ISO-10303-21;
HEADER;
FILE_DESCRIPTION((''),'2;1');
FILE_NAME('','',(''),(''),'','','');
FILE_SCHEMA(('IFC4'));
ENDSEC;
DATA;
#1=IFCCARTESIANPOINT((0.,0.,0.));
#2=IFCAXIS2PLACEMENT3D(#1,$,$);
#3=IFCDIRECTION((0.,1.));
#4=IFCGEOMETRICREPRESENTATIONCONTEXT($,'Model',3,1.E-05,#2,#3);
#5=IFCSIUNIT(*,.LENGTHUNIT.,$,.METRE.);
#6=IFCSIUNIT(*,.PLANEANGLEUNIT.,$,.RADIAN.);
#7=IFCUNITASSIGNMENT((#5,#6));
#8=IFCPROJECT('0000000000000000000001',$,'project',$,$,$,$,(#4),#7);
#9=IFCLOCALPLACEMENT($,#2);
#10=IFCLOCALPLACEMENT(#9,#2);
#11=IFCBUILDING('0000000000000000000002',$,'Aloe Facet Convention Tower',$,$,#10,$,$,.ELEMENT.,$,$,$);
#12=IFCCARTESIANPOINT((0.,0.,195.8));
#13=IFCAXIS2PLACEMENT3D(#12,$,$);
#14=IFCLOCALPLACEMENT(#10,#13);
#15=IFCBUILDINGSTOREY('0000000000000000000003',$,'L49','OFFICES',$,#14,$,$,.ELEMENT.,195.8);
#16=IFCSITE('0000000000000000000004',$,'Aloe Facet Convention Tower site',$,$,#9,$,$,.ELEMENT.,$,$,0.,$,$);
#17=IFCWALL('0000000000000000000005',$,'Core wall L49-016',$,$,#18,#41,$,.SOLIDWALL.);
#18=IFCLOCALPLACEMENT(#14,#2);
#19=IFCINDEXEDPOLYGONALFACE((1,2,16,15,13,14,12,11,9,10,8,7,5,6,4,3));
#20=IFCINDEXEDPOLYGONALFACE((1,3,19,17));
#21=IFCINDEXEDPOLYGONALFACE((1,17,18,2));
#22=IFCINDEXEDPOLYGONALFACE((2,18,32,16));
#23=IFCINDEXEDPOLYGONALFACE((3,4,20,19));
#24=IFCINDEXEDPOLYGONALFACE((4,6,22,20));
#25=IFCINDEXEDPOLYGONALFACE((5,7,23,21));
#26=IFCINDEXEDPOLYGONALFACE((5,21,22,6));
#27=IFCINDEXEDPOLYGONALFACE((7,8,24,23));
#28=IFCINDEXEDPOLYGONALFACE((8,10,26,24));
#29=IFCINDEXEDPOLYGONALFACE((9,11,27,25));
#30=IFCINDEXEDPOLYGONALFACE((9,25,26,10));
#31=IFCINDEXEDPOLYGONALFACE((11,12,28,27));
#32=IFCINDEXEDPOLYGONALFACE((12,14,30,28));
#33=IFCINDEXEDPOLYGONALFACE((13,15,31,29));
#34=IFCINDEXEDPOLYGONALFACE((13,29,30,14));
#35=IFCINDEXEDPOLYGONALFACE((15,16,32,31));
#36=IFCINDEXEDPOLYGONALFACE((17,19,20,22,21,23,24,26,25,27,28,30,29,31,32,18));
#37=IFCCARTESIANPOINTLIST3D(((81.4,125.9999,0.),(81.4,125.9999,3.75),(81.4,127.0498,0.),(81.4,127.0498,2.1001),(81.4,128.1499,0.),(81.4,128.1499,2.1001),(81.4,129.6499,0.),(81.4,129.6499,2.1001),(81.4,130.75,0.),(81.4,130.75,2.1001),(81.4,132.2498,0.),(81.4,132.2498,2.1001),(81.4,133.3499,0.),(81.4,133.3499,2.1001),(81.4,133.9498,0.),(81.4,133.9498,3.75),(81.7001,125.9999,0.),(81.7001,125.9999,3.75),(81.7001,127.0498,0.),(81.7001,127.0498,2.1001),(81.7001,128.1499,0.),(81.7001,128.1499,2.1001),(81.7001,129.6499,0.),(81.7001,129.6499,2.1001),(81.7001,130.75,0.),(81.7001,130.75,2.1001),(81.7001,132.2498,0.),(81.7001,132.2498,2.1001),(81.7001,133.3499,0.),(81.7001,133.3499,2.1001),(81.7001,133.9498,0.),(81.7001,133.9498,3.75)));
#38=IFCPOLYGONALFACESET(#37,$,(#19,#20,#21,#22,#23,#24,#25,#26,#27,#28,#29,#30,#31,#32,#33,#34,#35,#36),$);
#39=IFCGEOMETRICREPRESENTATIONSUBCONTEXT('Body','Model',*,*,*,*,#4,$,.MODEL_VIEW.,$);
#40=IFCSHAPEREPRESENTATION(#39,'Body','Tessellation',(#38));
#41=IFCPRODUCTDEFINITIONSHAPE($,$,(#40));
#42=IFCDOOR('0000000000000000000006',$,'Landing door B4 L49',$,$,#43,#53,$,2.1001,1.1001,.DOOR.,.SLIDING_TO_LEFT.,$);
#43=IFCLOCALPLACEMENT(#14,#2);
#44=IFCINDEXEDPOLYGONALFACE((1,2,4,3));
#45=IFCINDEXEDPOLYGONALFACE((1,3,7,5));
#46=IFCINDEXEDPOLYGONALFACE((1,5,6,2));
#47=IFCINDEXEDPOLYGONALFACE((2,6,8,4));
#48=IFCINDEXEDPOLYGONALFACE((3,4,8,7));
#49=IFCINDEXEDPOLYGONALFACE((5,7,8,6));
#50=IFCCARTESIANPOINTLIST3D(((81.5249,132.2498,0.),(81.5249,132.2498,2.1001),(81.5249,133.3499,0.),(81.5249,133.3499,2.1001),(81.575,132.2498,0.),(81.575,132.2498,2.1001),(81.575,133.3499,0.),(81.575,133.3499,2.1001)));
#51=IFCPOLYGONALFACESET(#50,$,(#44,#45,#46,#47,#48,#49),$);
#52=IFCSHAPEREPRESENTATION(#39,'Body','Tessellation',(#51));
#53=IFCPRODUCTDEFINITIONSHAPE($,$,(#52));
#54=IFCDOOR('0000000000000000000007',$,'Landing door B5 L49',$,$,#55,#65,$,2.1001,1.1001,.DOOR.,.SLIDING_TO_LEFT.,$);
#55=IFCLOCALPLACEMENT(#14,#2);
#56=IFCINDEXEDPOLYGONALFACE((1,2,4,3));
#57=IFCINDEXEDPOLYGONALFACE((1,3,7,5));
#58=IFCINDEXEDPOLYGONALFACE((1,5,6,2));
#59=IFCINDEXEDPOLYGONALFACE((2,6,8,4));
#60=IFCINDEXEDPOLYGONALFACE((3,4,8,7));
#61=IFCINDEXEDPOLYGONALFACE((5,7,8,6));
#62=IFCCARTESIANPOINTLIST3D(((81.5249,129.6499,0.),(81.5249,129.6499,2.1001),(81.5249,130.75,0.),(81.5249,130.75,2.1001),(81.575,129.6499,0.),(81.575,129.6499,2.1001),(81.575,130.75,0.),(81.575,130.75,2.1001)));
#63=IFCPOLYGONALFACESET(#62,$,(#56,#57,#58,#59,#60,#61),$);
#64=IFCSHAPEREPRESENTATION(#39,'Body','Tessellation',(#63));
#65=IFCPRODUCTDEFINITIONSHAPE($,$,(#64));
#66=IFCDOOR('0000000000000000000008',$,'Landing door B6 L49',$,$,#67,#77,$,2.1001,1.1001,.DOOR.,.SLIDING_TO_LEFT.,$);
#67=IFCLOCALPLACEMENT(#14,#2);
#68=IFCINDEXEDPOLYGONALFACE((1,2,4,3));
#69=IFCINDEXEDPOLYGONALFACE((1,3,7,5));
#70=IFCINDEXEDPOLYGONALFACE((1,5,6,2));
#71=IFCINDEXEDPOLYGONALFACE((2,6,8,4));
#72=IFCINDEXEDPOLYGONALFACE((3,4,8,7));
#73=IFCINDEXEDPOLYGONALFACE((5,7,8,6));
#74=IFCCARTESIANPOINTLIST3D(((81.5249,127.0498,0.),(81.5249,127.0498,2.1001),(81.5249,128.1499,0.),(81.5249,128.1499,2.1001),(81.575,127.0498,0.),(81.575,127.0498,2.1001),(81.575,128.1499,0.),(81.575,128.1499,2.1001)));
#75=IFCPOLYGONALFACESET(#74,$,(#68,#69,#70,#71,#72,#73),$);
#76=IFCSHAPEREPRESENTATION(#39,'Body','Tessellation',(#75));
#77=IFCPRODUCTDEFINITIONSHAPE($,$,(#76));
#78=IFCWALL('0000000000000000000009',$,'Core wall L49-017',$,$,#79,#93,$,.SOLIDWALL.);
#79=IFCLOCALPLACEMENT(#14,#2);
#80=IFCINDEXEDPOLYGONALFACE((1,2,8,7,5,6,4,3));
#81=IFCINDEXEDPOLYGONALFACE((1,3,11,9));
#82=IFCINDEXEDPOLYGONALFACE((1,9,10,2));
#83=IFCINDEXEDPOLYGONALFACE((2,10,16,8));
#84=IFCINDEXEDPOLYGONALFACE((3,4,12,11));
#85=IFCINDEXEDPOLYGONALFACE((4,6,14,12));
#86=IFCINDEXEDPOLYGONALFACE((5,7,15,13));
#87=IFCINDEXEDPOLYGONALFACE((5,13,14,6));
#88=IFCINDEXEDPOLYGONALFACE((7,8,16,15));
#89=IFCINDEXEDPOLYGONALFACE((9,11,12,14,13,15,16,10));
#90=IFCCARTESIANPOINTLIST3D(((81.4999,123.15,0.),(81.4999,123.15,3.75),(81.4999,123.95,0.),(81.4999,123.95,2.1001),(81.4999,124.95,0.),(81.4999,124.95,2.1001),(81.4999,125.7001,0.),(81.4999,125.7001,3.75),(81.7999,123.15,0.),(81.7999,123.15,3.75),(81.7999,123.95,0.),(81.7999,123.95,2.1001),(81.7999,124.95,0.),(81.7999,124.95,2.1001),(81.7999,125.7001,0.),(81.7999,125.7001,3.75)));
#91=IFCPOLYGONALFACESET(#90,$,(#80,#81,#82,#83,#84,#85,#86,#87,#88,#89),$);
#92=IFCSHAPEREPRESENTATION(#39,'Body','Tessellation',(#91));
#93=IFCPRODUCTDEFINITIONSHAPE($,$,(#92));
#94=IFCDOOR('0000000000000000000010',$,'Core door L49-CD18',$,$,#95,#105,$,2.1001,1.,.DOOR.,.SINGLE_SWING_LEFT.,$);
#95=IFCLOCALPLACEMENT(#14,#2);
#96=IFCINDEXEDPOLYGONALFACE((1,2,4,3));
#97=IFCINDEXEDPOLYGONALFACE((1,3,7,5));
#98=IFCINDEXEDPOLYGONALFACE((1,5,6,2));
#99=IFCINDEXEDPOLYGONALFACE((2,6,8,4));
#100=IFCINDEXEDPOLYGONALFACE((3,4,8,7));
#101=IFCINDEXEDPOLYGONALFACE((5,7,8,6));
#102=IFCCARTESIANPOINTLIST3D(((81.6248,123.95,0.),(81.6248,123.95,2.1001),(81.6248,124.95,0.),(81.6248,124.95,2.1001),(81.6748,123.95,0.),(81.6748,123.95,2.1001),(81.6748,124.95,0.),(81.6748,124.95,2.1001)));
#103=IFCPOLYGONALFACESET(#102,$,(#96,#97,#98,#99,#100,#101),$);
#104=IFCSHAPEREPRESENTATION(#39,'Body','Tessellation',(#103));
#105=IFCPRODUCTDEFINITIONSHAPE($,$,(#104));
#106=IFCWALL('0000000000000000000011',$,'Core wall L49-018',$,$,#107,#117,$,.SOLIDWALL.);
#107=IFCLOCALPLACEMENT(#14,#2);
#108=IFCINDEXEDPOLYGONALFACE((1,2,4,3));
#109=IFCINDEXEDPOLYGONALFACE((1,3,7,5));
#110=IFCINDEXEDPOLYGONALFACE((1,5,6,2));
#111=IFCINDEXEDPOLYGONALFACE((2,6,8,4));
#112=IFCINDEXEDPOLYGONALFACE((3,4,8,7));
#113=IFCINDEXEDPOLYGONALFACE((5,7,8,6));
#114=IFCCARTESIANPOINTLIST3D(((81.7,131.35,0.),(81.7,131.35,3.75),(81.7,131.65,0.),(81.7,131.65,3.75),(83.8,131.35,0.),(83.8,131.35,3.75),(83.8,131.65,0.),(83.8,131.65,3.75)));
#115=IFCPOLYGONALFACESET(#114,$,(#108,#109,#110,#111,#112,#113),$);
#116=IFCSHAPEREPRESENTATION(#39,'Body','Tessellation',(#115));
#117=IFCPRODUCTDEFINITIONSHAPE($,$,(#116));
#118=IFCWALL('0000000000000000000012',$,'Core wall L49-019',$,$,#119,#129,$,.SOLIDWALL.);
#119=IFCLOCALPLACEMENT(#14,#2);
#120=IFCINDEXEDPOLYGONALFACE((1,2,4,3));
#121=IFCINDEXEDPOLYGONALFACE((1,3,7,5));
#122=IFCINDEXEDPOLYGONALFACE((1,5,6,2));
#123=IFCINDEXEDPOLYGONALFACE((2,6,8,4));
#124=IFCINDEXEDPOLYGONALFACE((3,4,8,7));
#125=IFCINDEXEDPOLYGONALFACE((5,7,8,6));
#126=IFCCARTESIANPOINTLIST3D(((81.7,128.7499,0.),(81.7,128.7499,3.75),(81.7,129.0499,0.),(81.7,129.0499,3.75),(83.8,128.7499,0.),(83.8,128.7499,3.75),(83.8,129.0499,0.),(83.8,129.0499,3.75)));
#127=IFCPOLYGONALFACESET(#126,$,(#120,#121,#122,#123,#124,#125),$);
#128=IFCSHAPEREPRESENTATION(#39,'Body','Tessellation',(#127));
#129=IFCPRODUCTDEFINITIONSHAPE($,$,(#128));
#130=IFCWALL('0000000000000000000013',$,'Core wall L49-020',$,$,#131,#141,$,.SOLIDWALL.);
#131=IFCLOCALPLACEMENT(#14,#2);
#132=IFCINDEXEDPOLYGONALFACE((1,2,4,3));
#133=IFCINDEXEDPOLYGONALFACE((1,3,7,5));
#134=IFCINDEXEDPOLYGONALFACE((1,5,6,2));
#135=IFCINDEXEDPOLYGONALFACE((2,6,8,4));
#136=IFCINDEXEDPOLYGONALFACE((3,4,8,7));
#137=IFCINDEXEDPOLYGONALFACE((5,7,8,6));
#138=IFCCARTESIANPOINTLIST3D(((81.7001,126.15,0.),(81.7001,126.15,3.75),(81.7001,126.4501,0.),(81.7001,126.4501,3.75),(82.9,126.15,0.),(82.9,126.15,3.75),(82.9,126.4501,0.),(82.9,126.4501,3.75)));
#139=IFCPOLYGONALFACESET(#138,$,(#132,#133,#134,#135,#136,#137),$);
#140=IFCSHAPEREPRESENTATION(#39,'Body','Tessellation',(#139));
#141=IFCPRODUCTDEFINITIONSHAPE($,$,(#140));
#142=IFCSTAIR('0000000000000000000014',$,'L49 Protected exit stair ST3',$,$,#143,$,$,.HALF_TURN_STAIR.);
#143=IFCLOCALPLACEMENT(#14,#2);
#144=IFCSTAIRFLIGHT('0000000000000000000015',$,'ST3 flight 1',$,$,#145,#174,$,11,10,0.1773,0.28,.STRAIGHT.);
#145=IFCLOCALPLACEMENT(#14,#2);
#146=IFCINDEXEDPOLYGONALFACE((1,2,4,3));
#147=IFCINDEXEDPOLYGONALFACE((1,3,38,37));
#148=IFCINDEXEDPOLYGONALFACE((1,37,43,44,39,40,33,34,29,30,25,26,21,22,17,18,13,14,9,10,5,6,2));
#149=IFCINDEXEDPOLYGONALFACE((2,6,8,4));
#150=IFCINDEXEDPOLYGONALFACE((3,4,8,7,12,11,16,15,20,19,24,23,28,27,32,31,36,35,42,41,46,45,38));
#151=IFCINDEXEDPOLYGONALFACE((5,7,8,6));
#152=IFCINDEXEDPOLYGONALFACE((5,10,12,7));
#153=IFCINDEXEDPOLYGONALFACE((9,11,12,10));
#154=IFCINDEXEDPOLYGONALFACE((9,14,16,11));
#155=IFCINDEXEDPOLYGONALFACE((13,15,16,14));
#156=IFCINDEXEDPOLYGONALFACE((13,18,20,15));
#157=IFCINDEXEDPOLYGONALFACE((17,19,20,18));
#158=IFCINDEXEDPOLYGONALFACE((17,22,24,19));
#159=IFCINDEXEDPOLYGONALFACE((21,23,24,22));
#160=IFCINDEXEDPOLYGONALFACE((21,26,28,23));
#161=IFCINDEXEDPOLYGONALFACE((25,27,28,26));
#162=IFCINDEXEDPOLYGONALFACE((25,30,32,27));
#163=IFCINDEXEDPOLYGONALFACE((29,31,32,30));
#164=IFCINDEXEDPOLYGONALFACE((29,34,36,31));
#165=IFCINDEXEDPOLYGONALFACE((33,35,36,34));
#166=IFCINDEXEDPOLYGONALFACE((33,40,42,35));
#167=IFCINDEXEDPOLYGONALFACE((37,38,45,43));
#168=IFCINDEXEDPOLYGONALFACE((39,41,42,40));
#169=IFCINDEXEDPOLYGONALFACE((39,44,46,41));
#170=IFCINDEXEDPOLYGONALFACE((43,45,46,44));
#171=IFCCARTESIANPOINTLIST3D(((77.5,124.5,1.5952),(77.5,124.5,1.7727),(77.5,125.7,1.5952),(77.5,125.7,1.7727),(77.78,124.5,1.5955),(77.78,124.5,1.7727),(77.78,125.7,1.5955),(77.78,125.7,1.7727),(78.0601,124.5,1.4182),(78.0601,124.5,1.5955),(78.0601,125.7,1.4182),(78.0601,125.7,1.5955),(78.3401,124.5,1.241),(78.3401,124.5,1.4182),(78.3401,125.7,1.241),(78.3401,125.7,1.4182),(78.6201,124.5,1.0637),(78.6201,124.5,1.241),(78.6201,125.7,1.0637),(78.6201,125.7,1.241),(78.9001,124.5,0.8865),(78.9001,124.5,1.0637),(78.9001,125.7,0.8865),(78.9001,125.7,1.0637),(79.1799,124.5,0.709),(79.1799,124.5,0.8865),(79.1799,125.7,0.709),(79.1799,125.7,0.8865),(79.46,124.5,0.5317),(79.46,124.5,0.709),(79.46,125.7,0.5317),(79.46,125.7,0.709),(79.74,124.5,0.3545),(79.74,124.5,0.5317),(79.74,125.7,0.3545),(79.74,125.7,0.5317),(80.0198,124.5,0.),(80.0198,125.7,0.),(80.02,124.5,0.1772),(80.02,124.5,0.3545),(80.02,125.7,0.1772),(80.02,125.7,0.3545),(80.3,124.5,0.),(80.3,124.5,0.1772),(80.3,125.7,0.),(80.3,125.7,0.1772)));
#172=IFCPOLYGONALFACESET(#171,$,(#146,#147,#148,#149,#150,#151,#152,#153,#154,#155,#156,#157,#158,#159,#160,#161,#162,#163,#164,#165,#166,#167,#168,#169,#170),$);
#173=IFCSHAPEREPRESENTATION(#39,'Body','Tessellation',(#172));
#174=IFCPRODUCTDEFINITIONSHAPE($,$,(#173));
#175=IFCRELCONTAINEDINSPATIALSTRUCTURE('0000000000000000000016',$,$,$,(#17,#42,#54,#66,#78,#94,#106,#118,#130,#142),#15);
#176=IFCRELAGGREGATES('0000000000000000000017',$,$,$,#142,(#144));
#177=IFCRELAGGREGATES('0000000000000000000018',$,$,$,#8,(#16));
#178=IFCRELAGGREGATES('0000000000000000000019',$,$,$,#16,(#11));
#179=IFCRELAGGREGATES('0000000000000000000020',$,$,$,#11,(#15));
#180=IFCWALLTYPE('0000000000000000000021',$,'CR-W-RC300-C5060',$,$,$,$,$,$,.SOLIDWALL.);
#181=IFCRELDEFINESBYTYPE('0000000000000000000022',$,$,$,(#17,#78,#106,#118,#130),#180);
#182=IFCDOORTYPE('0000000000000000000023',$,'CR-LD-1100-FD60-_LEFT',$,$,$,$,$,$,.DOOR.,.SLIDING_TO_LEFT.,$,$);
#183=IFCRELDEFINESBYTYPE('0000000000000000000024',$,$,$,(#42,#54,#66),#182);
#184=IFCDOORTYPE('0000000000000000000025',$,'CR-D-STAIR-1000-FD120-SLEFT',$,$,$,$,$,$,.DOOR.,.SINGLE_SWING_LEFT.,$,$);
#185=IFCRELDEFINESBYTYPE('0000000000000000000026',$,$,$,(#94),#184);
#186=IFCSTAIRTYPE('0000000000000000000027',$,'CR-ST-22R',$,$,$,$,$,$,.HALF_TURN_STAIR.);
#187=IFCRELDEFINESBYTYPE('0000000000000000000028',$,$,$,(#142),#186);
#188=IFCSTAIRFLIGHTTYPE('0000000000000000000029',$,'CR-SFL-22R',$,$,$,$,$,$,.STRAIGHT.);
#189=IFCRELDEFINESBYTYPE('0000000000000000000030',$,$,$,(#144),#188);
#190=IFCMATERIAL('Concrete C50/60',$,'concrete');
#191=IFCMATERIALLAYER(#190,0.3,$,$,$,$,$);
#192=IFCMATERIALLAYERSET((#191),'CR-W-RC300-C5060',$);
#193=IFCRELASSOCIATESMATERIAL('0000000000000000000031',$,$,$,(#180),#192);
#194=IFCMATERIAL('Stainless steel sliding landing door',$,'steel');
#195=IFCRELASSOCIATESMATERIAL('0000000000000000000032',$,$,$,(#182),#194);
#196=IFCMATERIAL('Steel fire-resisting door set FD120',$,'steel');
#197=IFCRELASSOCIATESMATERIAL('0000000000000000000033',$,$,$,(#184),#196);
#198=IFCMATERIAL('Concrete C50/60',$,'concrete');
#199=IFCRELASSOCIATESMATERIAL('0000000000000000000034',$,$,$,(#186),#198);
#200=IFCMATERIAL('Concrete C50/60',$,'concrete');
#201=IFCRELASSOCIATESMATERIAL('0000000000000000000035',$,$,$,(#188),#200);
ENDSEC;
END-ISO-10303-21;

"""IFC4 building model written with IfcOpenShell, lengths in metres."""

from ifc_helpers import new_model, si_unit, direction, frame, frame_2d, origin, place, context, subcontext, project, spatial, polyline, rectangle, outline, extrude, material, layer, layer_set, type_object, element, fill, aggregate, save


model = new_model("IFC4")

# Units and contexts
model_context = context("Model", 3, precision=1e-05, world=origin(), true_north=direction((0.0, 1.0)))
body_context = subcontext(model_context, "Body", "Model", "MODEL_VIEW")
ifc_project = project(units=[si_unit("LENGTHUNIT", "METRE"), si_unit("PLANEANGLEUNIT", "RADIAN")], contexts=[model_context])

# Site, building, storey
site_placement = place(None, origin())
site = spatial("IfcSite", under=ifc_project, at=site_placement, Name="Aloe Facet Convention Tower site", CompositionType="ELEMENT", RefElevation=0.0)
building_placement = place(site_placement, origin())
building = spatial("IfcBuilding", under=site, at=building_placement, Name="Aloe Facet Convention Tower", CompositionType="ELEMENT")
storey_placement = place(building_placement, frame((0.0, 0.0, 195.8)))
storey = spatial("IfcBuildingStorey", under=building, at=storey_placement, Name="L49", Description="OFFICES", CompositionType="ELEMENT", Elevation=195.8)

# Shared definitions
ifc_material_1 = material(Name="Concrete C50/60", Category="concrete")
ifc_layer = layer(ifc_material_1, 0.3)
ifc_layer_set = layer_set([ifc_layer], Name="CR-W-RC300-C5060")
wall_type = type_object("IfcWallType", Name="CR-W-RC300-C5060", PredefinedType="SOLIDWALL", material=ifc_layer_set)

# Wall, openings, doors
wall_1_placement = place(storey_placement, frame((81.55, 133.95, 0.0), z_axis=(0.0, 0.0, 1.0), x_axis=(0.0, -1.0, 0.0)))
wall_1 = element("IfcWall", 1, at=wall_1_placement, inside=storey, type_object=wall_type, Name="Core wall L49-016", PredefinedType="SOLIDWALL", context=body_context, shape_type="SweptSolid", body=[
    extrude(rectangle(XDim=7.95, YDim=0.3, at=frame_2d((3.9751, 0.0))), origin(), (0.0, 0.0, 1.0), 3.75),
])
opening_1_placement = place(wall_1_placement, frame((0.6001, 0.0, 0.0)))
opening_1 = element("IfcOpeningElement", 2, at=opening_1_placement, cuts=wall_1, PredefinedType="OPENING", context=body_context, shape_type="SweptSolid", body=[
    extrude(rectangle(XDim=1.1001, YDim=2.1001, at=frame_2d((0.55, 1.05))), frame((0.0, 0.1602, 0.0), z_axis=(0.0, -1.0, 0.0), x_axis=(1.0, 0.0, 0.0)), (0.0, 0.0, 1.0), 0.3201),
])
opening_2_placement = place(wall_1_placement, frame((3.2, 0.0, 0.0)))
opening_2 = element("IfcOpeningElement", 3, at=opening_2_placement, cuts=wall_1, PredefinedType="OPENING", context=body_context, shape_type="SweptSolid", body=[
    extrude(rectangle(XDim=1.1001, YDim=2.1001, at=frame_2d((0.55, 1.05))), frame((0.0, 0.1602, 0.0), z_axis=(0.0, -1.0, 0.0), x_axis=(1.0, 0.0, 0.0)), (0.0, 0.0, 1.0), 0.3201),
])
opening_3_placement = place(wall_1_placement, frame((5.8, 0.0, 0.0)))
opening_3 = element("IfcOpeningElement", 4, at=opening_3_placement, cuts=wall_1, PredefinedType="OPENING", context=body_context, shape_type="SweptSolid", body=[
    extrude(rectangle(XDim=1.1001, YDim=2.1001, at=frame_2d((0.55, 1.05))), frame((0.0, 0.1602, 0.0), z_axis=(0.0, -1.0, 0.0), x_axis=(1.0, 0.0, 0.0)), (0.0, 0.0, 1.0), 0.3201),
])
ifc_material_2 = material(Name="Stainless steel sliding landing door", Category="steel")
door_type_1 = type_object("IfcDoorType", Name="CR-LD-1100-FD60-_LEFT", OperationType="SLIDING_TO_LEFT", PredefinedType="DOOR", material=ifc_material_2)
door_1_placement = place(opening_1_placement, origin())
door_1 = element("IfcDoor", 5, at=door_1_placement, inside=storey, type_object=door_type_1, Name="Landing door B4 L49", OperationType="SLIDING_TO_LEFT", OverallHeight=2.1001, OverallWidth=1.1001, PredefinedType="DOOR", context=body_context, shape_type="SweptSolid", body=[
    extrude(rectangle(XDim=1.1001, YDim=2.1001, at=frame_2d((0.55, 1.05))), frame((0.0, 0.0249, 0.0), z_axis=(0.0, -1.0, 0.0), x_axis=(1.0, 0.0, 0.0)), (0.0, 0.0, 1.0), 0.05),
])
fill(opening_1, door_1)
door_2_placement = place(opening_2_placement, origin())
door_2 = element("IfcDoor", 6, at=door_2_placement, inside=storey, type_object=door_type_1, Name="Landing door B5 L49", OperationType="SLIDING_TO_LEFT", OverallHeight=2.1001, OverallWidth=1.1001, PredefinedType="DOOR", context=body_context, shape_type="SweptSolid", body=[
    extrude(rectangle(XDim=1.1001, YDim=2.1001, at=frame_2d((0.55, 1.05))), frame((0.0, 0.0249, 0.0), z_axis=(0.0, -1.0, 0.0), x_axis=(1.0, 0.0, 0.0)), (0.0, 0.0, 1.0), 0.05),
])
fill(opening_2, door_2)
door_3_placement = place(opening_3_placement, origin())
door_3 = element("IfcDoor", 7, at=door_3_placement, inside=storey, type_object=door_type_1, Name="Landing door B6 L49", OperationType="SLIDING_TO_LEFT", OverallHeight=2.1001, OverallWidth=1.1001, PredefinedType="DOOR", context=body_context, shape_type="SweptSolid", body=[
    extrude(rectangle(XDim=1.1001, YDim=2.1001, at=frame_2d((0.55, 1.05))), frame((0.0, 0.0249, 0.0), z_axis=(0.0, -1.0, 0.0), x_axis=(1.0, 0.0, 0.0)), (0.0, 0.0, 1.0), 0.05),
])
fill(opening_3, door_3)

# Wall, opening, door
wall_2_placement = place(storey_placement, frame((81.6499, 125.7, 0.0), z_axis=(0.0, 0.0, 1.0), x_axis=(0.0, -1.0, 0.0)))
wall_2 = element("IfcWall", 8, at=wall_2_placement, inside=storey, type_object=wall_type, Name="Core wall L49-017", PredefinedType="SOLIDWALL", context=body_context, shape_type="SweptSolid", body=[
    extrude(rectangle(XDim=2.55, YDim=0.3, at=frame_2d((1.2749, 0.0))), origin(), (0.0, 0.0, 1.0), 3.75),
])
opening_4_placement = place(wall_2_placement, frame((0.75, 0.0, 0.0)))
opening_4 = element("IfcOpeningElement", 9, at=opening_4_placement, cuts=wall_2, PredefinedType="OPENING", context=body_context, shape_type="SweptSolid", body=[
    extrude(rectangle(XDim=1.0, YDim=2.1001, at=frame_2d((0.5, 1.05))), frame((0.0, 0.1602, 0.0), z_axis=(0.0, -1.0, 0.0), x_axis=(1.0, 0.0, 0.0)), (0.0, 0.0, 1.0), 0.3201),
])
ifc_material_3 = material(Name="Steel fire-resisting door set FD120", Category="steel")
door_type_2 = type_object("IfcDoorType", Name="CR-D-STAIR-1000-FD120-SLEFT", OperationType="SINGLE_SWING_LEFT", PredefinedType="DOOR", material=ifc_material_3)
door_4_placement = place(opening_4_placement, origin())
door_4 = element("IfcDoor", 10, at=door_4_placement, inside=storey, type_object=door_type_2, Name="Core door L49-CD18", OperationType="SINGLE_SWING_LEFT", OverallHeight=2.1001, OverallWidth=1.0, PredefinedType="DOOR", context=body_context, shape_type="SweptSolid", body=[
    extrude(rectangle(XDim=1.0, YDim=2.1001, at=frame_2d((0.5, 1.05))), frame((0.0, 0.0249, 0.0), z_axis=(0.0, -1.0, 0.0), x_axis=(1.0, 0.0, 0.0)), (0.0, 0.0, 1.0), 0.05),
])
fill(opening_4, door_4)

# Walls
for number, where, z_axis, x_axis, name in (
    (11, (81.7, 131.5, 0.0), (0.0, 0.0, 1.0), (1.0, 0.0, 0.0), "Core wall L49-018"),
    (12, (81.7, 128.8999, 0.0), (0.0, 0.0, 1.0), (1.0, 0.0, 0.0), "Core wall L49-019"),
):
    element("IfcWall", number, at=place(storey_placement, frame(where, z_axis=z_axis, x_axis=x_axis)), inside=storey, type_object=wall_type, Name=name, PredefinedType="SOLIDWALL", context=body_context, shape_type="SweptSolid", body=[
        extrude(rectangle(XDim=2.1001, YDim=0.3, at=frame_2d((1.05, 0.0))), origin(), (0.0, 0.0, 1.0), 3.75),
    ])
wall_3_placement = place(storey_placement, frame((81.7, 126.3, 0.0), z_axis=(0.0, 0.0, 1.0), x_axis=(1.0, 0.0, 0.0)))
element("IfcWall", 13, at=wall_3_placement, inside=storey, type_object=wall_type, Name="Core wall L49-020", PredefinedType="SOLIDWALL", context=body_context, shape_type="SweptSolid", body=[
    extrude(rectangle(XDim=1.2, YDim=0.3, at=frame_2d((0.6001, 0.0))), origin(), (0.0, 0.0, 1.0), 3.75),
])

# Stair, stair flight
ifc_material_4 = material(Name="Concrete C50/60", Category="concrete")
stair_type = type_object("IfcStairType", Name="CR-ST-22R", PredefinedType="HALF_TURN_STAIR", material=ifc_material_4)
stair_placement = place(storey_placement, origin())
stair = element("IfcStair", 14, at=stair_placement, inside=storey, type_object=stair_type, Name="L49 Protected exit stair ST3", PredefinedType="HALF_TURN_STAIR")
ifc_material_5 = material(Name="Concrete C50/60", Category="concrete")
stair_flight_type = type_object("IfcStairFlightType", Name="CR-SFL-22R", PredefinedType="STRAIGHT", material=ifc_material_5)
stair_flight_placement = place(storey_placement, frame((80.3, 125.1001, 0.0), z_axis=(0.0, 0.0, 1.0), x_axis=(-1.0, 0.0, 0.0)))
stair_flight = element("IfcStairFlight", 15, at=stair_flight_placement, type_object=stair_flight_type, Name="ST3 flight 1", NumberOfRisers=11, NumberOfTreads=10, PredefinedType="STRAIGHT", RiserHeight=0.1773, TreadLength=0.28, context=body_context, shape_type="SweptSolid", body=[
    extrude(outline(polyline([(0.0, 0.0), (0.0, 0.1772), (0.28, 0.1772), (0.28, 0.3545), (0.5601, 0.3545), (0.5601, 0.5317), (0.8401, 0.5317), (0.8401, 0.709), (1.1201, 0.709), (1.1201, 0.8865), (1.3999, 0.8865), (1.3999, 1.0637), (1.6799, 1.0637), (1.6799, 1.241), (1.96, 1.241), (1.96, 1.4182), (2.24, 1.4182), (2.24, 1.5955), (2.52, 1.5955), (2.52, 1.7727), (2.8, 1.7727), (2.8, 1.95), (2.8, 1.5952), (0.2803, 0.0), (0.0, 0.0)])), frame((0.0, 0.6001, 0.0), z_axis=(0.0, -1.0, 0.0), x_axis=(1.0, 0.0, 0.0)), (0.0, 0.0, 1.0), 1.2),
])
aggregate(stair, [stair_flight])

save(model, "model.ifc")
